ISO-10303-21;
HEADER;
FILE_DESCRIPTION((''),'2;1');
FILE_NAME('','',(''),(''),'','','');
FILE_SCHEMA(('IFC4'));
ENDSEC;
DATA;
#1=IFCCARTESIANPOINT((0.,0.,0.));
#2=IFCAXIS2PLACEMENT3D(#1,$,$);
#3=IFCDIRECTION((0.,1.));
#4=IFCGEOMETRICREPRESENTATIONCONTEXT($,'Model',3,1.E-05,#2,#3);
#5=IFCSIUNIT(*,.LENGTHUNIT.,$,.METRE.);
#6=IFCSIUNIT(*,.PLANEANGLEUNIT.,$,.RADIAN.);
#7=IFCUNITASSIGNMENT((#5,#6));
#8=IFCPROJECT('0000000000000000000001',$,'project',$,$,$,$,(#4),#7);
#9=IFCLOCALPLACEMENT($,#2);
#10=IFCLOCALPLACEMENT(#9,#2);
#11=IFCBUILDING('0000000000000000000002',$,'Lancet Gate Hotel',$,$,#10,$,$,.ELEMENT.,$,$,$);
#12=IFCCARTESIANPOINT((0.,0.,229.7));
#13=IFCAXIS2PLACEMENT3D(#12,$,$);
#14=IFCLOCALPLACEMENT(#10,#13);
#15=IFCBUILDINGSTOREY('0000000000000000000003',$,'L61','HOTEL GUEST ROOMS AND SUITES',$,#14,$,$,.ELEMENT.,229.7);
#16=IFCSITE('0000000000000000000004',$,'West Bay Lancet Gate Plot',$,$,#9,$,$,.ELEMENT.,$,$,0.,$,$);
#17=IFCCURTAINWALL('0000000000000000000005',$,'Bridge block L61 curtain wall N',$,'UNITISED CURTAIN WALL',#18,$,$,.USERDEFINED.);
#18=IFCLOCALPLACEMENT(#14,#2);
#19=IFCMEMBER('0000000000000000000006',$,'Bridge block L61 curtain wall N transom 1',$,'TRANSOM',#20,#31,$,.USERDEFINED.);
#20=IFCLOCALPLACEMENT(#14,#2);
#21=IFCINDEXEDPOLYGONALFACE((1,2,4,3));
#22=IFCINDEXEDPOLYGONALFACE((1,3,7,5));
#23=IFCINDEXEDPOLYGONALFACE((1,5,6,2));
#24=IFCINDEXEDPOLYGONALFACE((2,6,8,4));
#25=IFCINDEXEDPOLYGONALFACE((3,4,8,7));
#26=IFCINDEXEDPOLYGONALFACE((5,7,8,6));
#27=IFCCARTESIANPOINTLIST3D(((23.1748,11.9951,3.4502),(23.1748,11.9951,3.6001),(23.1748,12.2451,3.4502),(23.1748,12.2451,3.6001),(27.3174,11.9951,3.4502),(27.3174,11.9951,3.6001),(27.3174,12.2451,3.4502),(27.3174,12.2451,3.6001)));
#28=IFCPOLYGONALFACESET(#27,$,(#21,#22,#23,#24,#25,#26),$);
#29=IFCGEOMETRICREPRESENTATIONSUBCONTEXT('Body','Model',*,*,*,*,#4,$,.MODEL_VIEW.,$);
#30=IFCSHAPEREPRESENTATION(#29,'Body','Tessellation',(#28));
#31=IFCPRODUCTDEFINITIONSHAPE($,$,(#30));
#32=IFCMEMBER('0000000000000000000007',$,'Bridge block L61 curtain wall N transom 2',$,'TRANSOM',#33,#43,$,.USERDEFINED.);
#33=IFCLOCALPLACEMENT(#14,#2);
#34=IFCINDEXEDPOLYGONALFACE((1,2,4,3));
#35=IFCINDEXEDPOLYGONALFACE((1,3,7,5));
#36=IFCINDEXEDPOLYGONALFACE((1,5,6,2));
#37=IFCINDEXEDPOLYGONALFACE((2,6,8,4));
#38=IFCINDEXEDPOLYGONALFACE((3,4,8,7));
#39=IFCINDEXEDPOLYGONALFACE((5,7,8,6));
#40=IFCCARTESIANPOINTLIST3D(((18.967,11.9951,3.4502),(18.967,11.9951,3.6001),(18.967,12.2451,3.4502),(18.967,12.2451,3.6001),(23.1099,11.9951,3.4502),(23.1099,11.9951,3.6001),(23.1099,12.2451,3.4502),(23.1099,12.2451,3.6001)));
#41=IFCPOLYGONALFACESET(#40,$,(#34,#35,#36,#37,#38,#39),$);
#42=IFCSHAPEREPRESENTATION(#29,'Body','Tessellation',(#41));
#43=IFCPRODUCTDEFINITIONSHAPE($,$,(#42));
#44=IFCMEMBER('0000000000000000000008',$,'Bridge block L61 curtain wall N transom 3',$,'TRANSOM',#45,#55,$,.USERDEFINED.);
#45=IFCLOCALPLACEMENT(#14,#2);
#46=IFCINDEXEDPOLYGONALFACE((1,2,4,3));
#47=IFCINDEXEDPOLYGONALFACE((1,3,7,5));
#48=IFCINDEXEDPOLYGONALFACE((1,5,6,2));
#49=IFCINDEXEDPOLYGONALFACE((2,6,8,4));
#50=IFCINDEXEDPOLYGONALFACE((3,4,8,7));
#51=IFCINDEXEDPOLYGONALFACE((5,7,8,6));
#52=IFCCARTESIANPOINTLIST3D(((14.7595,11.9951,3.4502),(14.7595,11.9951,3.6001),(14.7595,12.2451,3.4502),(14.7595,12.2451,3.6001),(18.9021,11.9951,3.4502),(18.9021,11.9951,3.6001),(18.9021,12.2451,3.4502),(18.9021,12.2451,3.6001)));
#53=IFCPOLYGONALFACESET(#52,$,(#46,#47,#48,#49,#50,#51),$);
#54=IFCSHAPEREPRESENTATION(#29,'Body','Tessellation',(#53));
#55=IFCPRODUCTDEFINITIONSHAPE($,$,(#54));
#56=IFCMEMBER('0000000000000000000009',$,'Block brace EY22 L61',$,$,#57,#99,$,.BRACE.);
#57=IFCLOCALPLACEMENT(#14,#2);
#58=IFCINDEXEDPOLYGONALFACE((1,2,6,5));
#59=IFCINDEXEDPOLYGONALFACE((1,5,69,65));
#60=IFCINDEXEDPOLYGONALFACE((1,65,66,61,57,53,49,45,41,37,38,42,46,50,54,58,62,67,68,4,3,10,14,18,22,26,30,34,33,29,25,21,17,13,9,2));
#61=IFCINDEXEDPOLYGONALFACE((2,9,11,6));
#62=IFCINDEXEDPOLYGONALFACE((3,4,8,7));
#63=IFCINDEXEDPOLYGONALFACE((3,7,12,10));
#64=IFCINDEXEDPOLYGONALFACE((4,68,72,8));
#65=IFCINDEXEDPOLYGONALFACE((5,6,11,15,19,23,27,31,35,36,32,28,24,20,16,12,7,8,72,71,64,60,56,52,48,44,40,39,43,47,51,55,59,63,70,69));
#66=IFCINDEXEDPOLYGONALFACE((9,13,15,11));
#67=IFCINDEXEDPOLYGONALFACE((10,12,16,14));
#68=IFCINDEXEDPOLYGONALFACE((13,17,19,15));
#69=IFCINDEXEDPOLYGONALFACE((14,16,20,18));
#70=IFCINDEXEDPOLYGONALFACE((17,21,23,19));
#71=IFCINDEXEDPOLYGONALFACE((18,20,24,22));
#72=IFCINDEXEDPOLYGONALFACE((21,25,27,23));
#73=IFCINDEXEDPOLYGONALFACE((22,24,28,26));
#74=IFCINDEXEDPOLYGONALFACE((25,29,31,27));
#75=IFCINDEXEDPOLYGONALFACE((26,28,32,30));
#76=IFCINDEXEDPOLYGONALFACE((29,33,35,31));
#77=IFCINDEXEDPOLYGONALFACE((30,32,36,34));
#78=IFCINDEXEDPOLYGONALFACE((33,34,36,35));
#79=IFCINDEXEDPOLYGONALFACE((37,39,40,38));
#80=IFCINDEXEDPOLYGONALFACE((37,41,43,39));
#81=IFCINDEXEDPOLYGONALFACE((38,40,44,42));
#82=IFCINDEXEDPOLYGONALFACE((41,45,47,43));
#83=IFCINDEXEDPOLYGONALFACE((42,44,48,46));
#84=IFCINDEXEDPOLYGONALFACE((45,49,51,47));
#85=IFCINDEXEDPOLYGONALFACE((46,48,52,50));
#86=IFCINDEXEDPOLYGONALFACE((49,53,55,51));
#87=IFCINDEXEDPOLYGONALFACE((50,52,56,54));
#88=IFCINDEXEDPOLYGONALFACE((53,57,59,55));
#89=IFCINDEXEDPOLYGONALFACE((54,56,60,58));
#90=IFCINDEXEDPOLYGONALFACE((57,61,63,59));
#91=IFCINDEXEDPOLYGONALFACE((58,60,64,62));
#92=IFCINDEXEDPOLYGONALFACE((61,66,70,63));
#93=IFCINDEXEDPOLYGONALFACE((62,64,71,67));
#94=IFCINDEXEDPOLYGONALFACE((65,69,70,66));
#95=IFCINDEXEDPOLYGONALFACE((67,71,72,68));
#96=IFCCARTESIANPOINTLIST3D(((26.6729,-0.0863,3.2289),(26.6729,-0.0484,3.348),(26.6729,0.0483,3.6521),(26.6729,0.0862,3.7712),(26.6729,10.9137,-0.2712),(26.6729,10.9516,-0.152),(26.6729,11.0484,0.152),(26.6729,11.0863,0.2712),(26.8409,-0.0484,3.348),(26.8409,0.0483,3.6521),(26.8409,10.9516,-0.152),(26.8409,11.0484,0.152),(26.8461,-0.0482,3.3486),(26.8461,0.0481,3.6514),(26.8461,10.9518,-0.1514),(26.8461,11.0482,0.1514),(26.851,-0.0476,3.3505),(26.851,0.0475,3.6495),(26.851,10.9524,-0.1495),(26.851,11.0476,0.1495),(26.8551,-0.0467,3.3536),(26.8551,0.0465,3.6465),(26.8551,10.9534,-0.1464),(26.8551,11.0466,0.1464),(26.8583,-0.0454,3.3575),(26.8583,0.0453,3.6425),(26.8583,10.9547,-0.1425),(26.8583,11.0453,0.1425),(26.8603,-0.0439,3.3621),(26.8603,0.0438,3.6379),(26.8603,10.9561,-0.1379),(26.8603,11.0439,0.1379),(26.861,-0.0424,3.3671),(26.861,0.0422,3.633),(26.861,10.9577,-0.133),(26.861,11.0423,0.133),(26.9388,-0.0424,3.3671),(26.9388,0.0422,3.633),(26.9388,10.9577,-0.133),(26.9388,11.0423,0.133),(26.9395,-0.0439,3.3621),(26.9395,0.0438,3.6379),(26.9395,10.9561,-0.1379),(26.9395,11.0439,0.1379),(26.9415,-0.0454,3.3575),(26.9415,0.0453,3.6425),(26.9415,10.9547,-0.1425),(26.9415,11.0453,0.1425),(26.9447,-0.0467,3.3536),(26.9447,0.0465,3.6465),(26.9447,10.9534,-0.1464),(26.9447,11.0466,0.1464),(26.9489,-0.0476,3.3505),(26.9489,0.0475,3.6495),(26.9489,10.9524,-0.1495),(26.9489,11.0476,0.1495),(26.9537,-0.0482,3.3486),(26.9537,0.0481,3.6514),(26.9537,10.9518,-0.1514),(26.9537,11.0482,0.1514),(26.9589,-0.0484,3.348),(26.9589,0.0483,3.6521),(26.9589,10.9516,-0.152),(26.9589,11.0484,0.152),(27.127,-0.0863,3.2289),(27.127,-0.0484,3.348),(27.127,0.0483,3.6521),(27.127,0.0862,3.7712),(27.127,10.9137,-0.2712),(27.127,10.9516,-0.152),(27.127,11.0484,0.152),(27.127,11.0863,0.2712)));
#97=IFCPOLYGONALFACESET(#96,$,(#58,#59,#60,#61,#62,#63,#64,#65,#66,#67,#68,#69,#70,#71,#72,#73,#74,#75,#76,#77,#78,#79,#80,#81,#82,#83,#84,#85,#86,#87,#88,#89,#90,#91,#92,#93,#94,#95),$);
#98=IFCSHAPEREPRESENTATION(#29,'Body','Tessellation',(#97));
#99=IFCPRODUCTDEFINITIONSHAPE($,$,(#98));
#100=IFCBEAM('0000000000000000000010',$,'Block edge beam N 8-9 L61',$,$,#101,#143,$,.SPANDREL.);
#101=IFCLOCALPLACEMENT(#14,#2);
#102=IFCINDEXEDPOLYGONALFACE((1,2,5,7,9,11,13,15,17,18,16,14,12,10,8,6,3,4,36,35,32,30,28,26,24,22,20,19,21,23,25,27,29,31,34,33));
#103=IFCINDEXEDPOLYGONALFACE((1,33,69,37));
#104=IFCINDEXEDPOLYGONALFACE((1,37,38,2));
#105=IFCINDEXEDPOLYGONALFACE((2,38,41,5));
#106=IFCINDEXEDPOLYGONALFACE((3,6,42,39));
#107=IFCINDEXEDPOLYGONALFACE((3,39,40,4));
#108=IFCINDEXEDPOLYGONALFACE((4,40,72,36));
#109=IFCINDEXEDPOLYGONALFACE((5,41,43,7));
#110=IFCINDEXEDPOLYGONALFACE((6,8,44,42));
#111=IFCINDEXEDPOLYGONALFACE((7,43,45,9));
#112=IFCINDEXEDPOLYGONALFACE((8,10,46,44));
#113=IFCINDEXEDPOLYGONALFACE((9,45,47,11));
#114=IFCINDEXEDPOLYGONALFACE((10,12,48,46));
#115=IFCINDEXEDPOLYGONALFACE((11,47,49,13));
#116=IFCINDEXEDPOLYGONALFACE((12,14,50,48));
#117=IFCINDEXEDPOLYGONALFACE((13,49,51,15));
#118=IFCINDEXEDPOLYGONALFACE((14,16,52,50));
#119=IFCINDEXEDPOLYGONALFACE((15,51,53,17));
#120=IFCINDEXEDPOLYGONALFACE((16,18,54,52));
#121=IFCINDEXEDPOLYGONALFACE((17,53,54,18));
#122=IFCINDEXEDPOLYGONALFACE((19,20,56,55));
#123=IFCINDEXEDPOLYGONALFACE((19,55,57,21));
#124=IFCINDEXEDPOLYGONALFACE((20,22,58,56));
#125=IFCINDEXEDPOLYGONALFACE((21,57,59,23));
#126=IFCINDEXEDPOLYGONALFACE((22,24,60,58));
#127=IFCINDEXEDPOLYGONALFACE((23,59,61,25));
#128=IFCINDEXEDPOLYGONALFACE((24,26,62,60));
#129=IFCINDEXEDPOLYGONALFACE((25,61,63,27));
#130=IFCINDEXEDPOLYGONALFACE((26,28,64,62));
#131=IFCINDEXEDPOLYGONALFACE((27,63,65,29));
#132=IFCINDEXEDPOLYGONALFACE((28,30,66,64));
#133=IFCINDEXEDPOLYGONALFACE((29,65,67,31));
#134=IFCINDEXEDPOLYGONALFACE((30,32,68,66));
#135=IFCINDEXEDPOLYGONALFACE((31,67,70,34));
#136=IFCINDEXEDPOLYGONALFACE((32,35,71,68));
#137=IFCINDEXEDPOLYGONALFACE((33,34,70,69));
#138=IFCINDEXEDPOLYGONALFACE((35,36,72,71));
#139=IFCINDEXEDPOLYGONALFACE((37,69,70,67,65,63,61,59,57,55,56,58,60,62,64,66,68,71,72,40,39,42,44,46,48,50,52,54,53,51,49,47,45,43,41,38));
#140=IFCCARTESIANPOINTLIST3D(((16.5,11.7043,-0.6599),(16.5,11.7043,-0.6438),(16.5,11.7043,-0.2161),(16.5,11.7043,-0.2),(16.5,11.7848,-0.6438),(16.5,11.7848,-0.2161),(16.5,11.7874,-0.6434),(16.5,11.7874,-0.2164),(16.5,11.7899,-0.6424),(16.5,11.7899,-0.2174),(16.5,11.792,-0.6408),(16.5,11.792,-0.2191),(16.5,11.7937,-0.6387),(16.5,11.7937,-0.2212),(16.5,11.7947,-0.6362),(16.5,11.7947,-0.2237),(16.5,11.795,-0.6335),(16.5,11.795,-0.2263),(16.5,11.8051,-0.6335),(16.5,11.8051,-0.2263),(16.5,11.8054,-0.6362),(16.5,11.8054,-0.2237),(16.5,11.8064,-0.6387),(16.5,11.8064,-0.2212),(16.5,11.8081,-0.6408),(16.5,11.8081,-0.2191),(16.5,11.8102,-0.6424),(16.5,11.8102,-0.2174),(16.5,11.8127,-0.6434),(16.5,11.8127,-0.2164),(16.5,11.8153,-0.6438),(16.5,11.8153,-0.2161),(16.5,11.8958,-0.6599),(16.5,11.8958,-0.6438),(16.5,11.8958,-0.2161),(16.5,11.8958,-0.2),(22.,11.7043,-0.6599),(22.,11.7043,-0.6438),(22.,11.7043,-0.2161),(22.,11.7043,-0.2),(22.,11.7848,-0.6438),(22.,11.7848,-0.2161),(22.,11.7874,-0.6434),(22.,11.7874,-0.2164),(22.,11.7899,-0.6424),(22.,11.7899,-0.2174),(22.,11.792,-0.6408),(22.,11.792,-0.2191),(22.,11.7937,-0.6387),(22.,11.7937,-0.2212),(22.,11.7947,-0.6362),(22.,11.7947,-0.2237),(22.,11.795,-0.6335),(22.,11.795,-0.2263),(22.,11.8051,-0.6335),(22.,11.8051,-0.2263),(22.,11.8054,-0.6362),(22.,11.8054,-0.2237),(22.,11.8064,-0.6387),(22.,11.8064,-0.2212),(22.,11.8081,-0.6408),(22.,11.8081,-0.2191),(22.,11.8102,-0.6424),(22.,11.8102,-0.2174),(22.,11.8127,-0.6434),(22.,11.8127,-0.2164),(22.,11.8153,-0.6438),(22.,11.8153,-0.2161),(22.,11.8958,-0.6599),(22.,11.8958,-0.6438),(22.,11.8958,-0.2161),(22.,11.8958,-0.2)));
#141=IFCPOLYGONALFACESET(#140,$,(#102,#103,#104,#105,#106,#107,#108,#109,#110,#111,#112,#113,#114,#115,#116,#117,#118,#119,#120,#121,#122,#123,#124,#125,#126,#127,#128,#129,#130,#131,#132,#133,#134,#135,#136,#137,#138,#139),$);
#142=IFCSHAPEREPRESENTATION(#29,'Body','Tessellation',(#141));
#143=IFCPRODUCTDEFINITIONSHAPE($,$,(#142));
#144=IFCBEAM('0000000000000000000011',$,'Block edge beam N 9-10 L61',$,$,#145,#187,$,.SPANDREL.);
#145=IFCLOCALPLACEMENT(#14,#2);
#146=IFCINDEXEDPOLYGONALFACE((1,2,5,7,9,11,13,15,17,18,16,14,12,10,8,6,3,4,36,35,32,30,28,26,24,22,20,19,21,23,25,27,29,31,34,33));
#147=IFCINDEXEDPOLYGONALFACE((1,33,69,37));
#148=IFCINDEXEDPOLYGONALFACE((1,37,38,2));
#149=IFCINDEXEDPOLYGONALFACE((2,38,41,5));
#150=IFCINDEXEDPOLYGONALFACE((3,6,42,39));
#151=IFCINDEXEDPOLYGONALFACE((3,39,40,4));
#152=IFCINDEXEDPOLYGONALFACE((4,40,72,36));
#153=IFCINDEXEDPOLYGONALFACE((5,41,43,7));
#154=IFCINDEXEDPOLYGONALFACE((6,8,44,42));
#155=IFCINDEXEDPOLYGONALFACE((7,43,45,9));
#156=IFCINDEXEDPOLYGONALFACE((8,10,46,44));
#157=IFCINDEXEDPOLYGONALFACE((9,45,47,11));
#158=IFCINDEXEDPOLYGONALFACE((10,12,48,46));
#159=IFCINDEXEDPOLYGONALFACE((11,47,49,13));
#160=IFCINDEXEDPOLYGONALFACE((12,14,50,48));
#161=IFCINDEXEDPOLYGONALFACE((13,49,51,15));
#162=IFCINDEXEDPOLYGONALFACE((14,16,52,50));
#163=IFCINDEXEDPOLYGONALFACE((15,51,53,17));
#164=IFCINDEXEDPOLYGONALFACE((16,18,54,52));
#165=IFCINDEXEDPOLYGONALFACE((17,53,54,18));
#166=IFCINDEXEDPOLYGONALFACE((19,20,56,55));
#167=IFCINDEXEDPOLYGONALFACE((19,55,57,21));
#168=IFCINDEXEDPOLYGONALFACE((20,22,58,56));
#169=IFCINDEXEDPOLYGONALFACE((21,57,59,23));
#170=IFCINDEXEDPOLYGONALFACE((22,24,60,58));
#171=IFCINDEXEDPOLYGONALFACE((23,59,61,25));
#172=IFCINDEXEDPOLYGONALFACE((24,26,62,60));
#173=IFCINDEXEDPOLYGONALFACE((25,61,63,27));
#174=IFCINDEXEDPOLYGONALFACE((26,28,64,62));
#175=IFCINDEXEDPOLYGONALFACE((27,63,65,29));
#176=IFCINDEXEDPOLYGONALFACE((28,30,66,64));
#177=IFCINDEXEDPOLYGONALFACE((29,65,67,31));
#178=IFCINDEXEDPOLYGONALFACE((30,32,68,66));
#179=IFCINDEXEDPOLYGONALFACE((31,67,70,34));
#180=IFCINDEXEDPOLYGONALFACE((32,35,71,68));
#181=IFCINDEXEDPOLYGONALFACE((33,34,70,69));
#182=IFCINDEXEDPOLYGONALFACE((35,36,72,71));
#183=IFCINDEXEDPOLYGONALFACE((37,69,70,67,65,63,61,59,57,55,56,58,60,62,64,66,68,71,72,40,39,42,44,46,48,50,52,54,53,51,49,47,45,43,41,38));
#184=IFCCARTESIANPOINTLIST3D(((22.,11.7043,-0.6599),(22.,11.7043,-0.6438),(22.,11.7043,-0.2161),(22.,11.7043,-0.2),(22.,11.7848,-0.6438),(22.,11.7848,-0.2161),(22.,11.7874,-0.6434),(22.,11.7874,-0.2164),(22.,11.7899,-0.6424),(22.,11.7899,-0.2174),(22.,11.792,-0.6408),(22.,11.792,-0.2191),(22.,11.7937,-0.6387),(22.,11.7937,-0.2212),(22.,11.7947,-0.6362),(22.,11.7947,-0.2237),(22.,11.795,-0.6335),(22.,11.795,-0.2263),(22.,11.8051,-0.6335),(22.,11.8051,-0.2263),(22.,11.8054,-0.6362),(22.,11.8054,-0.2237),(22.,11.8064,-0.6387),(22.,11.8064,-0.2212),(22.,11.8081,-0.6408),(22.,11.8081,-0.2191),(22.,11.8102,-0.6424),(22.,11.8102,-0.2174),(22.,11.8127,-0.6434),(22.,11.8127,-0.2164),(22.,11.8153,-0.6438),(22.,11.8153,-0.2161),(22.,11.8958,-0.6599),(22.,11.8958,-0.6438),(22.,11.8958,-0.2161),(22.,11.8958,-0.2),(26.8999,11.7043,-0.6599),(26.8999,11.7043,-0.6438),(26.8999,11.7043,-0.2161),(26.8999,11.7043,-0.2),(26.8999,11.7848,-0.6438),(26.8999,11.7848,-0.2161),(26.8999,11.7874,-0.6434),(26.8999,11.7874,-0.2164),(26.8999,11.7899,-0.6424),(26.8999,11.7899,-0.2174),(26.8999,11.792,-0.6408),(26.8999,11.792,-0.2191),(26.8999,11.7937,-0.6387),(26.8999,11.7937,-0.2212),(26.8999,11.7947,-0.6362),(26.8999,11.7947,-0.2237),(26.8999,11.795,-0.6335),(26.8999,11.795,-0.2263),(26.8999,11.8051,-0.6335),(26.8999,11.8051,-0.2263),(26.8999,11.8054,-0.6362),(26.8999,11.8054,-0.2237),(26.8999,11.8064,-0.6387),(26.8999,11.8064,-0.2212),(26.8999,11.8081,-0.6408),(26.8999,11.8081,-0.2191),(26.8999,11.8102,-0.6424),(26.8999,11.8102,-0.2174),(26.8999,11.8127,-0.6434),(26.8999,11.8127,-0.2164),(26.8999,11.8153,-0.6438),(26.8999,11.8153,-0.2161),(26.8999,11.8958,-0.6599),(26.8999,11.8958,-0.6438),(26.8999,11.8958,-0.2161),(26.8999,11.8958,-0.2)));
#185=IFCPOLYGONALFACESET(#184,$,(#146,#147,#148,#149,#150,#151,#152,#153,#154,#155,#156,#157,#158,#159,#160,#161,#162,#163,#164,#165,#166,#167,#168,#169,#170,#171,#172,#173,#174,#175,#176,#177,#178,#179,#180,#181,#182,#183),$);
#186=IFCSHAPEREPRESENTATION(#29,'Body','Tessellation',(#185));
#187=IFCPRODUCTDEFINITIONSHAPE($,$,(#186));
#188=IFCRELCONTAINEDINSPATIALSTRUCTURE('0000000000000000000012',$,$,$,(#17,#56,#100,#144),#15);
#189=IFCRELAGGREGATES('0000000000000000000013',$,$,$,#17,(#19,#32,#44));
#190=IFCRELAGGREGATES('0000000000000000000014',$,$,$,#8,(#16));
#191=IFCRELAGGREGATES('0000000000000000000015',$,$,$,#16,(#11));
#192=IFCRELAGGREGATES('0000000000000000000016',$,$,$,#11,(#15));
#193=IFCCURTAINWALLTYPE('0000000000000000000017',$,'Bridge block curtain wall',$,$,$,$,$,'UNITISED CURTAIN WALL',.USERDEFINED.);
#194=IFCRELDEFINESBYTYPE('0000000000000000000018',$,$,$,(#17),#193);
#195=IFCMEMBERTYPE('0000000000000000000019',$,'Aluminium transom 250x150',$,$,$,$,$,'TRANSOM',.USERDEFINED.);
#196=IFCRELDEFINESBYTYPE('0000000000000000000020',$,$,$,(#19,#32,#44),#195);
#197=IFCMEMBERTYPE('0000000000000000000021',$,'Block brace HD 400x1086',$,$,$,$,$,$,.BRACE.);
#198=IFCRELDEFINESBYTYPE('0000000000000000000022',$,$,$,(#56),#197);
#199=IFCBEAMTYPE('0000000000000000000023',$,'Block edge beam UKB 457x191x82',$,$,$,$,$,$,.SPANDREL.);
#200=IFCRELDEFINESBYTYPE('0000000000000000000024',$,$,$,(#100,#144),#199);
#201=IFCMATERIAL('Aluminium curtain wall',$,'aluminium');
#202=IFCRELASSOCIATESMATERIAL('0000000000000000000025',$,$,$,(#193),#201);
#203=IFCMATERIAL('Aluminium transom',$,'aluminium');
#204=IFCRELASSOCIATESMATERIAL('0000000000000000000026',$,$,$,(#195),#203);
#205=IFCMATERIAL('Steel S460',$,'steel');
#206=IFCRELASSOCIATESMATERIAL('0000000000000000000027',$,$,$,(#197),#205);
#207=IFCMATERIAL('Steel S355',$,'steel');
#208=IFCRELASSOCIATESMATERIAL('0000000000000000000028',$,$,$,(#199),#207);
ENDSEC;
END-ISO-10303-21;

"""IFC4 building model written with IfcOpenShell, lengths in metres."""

from ifc_helpers import new_model, si_unit, direction, frame, origin, origin_2d, place, context, subcontext, project, spatial, rectangle, i_section, extrude, material, material_profile, profile_set, type_object, element, aggregate, save


model = new_model("IFC4")

# Units and contexts
model_context = context("Model", 3, precision=1e-05, world=origin(), true_north=direction((0.0, 1.0)))
body_context = subcontext(model_context, "Body", "Model", "MODEL_VIEW")
ifc_project = project(units=[si_unit("LENGTHUNIT", "METRE"), si_unit("PLANEANGLEUNIT", "RADIAN")], contexts=[model_context])

# Site, building, storey
site_placement = place(None, origin())
site = spatial("IfcSite", under=ifc_project, at=site_placement, Name="West Bay Lancet Gate Plot", CompositionType="ELEMENT", RefElevation=0.0)
building_placement = place(site_placement, origin())
building = spatial("IfcBuilding", under=site, at=building_placement, Name="Lancet Gate Hotel", CompositionType="ELEMENT")
storey_placement = place(building_placement, frame((0.0, 0.0, 229.7)))
storey = spatial("IfcBuildingStorey", under=building, at=storey_placement, Name="L61", Description="HOTEL GUEST ROOMS AND SUITES", CompositionType="ELEMENT", Elevation=229.7)

# Curtain wall
ifc_material_1 = material(Name="Aluminium curtain wall", Category="aluminium")
curtain_wall_type_1 = type_object("IfcCurtainWallType", Name="Bridge block curtain wall", ElementType="UNITISED CURTAIN WALL", PredefinedType="USERDEFINED", material=ifc_material_1)
curtain_wall_1_placement = place(storey_placement, origin())
curtain_wall_1 = element("IfcCurtainWall", 1, at=curtain_wall_1_placement, inside=storey, type_object=curtain_wall_type_1, Name="Bridge block L61 curtain wall N", ObjectType="UNITISED CURTAIN WALL", PredefinedType="USERDEFINED")

# Members
ifc_material_2 = material(Name="Aluminium transom", Category="aluminium")
ifc_material_profile_1 = material_profile(ifc_material_2, rectangle(XDim=0.25, YDim=0.1499, at=origin_2d()), Name="TRANSOM 250x150")
ifc_profile_set_1 = profile_set([ifc_material_profile_1], Name="Aluminium transom")
member_type_1 = type_object("IfcMemberType", Name="Aluminium transom 250x150", ElementType="TRANSOM", PredefinedType="USERDEFINED", material=ifc_profile_set_1)
member_1_placement = place(storey_placement, frame((27.3174, 12.1201, 3.5251), z_axis=(-1.0, 0.0, 0.0), x_axis=(0.0, -1.0, 0.0)))
member_1 = element("IfcMember", 2, at=member_1_placement, type_object=member_type_1, Name="Bridge block L61 curtain wall N transom 1", ObjectType="TRANSOM", PredefinedType="USERDEFINED", context=body_context, shape_type="SweptSolid", body=[
    extrude(rectangle(XDim=0.25, YDim=0.1499, at=origin_2d()), origin(), (0.0, 0.0, 1.0), 4.1426),
])
member_2_placement = place(storey_placement, frame((23.1099, 12.1201, 3.5251), z_axis=(-1.0, 0.0, 0.0), x_axis=(0.0, -1.0, 0.0)))
member_2 = element("IfcMember", 3, at=member_2_placement, type_object=member_type_1, Name="Bridge block L61 curtain wall N transom 2", ObjectType="TRANSOM", PredefinedType="USERDEFINED", context=body_context, shape_type="SweptSolid", body=[
    extrude(rectangle(XDim=0.25, YDim=0.1499, at=origin_2d()), origin(), (0.0, 0.0, 1.0), 4.1428),
])
member_3_placement = place(storey_placement, frame((18.9021, 12.1201, 3.5251), z_axis=(-1.0, 0.0, 0.0), x_axis=(0.0, -1.0, 0.0)))
member_3 = element("IfcMember", 4, at=member_3_placement, type_object=member_type_1, Name="Bridge block L61 curtain wall N transom 3", ObjectType="TRANSOM", PredefinedType="USERDEFINED", context=body_context, shape_type="SweptSolid", body=[
    extrude(rectangle(XDim=0.25, YDim=0.1499, at=origin_2d()), origin(), (0.0, 0.0, 1.0), 4.1426),
])
ifc_material_3 = material(Name="Steel S460", Category="steel")
ifc_material_profile_2 = material_profile(ifc_material_3, i_section(OverallWidth=0.4541, OverallDepth=0.5691, WebThickness=0.0779, FlangeThickness=0.125, FilletRadius=0.02, at=origin_2d()), Name="HD 400x1086")
ifc_profile_set_2 = profile_set([ifc_material_profile_2], Name="Steel S460")
member_type_2 = type_object("IfcMemberType", Name="Block brace HD 400x1086", PredefinedType="BRACE", material=ifc_profile_set_2)
member_4_placement = place(storey_placement, frame((26.8999, 11.0, 0.0), z_axis=(0.0, -0.952926, 0.303204), x_axis=(1.0, 0.0, 0.0)))
element("IfcMember", 5, at=member_4_placement, inside=storey, type_object=member_type_2, Name="Block brace EY22 L61", PredefinedType="BRACE", context=body_context, shape_type="SweptSolid", body=[
    extrude(i_section(OverallWidth=0.4541, OverallDepth=0.5691, WebThickness=0.0779, FlangeThickness=0.125, FilletRadius=0.02, at=origin_2d()), origin(), (0.0, 0.0, 1.0), 11.5435),
])

# Beams
ifc_material_4 = material(Name="Steel S355", Category="steel")
ifc_material_profile_3 = material_profile(ifc_material_4, i_section(OverallWidth=0.1914, OverallDepth=0.46, WebThickness=0.01, FlangeThickness=0.0161, FilletRadius=0.0103, at=origin_2d()), Name="UKB 457x191x82")
ifc_profile_set_3 = profile_set([ifc_material_profile_3], Name="Steel S355")
beam_type_1 = type_object("IfcBeamType", Name="Block edge beam UKB 457x191x82", PredefinedType="SPANDREL", material=ifc_profile_set_3)
beam_1_placement = place(storey_placement, frame((16.5, 11.8, -0.4299), z_axis=(1.0, 0.0, 0.0), x_axis=(0.0, 1.0, 0.0)))
element("IfcBeam", 6, at=beam_1_placement, inside=storey, type_object=beam_type_1, Name="Block edge beam N 8-9 L61", PredefinedType="SPANDREL", context=body_context, shape_type="SweptSolid", body=[
    extrude(i_section(OverallWidth=0.1914, OverallDepth=0.46, WebThickness=0.01, FlangeThickness=0.0161, FilletRadius=0.0103, at=origin_2d()), origin(), (0.0, 0.0, 1.0), 5.5),
])
beam_2_placement = place(storey_placement, frame((22.0, 11.8, -0.4299), z_axis=(1.0, 0.0, 0.0), x_axis=(0.0, 1.0, 0.0)))
element("IfcBeam", 7, at=beam_2_placement, inside=storey, type_object=beam_type_1, Name="Block edge beam N 9-10 L61", PredefinedType="SPANDREL", context=body_context, shape_type="SweptSolid", body=[
    extrude(i_section(OverallWidth=0.1914, OverallDepth=0.46, WebThickness=0.01, FlangeThickness=0.0161, FilletRadius=0.0103, at=origin_2d()), origin(), (0.0, 0.0, 1.0), 4.8999),
])

aggregate(curtain_wall_1, [member_1, member_2, member_3])

save(model, "model.ifc")
